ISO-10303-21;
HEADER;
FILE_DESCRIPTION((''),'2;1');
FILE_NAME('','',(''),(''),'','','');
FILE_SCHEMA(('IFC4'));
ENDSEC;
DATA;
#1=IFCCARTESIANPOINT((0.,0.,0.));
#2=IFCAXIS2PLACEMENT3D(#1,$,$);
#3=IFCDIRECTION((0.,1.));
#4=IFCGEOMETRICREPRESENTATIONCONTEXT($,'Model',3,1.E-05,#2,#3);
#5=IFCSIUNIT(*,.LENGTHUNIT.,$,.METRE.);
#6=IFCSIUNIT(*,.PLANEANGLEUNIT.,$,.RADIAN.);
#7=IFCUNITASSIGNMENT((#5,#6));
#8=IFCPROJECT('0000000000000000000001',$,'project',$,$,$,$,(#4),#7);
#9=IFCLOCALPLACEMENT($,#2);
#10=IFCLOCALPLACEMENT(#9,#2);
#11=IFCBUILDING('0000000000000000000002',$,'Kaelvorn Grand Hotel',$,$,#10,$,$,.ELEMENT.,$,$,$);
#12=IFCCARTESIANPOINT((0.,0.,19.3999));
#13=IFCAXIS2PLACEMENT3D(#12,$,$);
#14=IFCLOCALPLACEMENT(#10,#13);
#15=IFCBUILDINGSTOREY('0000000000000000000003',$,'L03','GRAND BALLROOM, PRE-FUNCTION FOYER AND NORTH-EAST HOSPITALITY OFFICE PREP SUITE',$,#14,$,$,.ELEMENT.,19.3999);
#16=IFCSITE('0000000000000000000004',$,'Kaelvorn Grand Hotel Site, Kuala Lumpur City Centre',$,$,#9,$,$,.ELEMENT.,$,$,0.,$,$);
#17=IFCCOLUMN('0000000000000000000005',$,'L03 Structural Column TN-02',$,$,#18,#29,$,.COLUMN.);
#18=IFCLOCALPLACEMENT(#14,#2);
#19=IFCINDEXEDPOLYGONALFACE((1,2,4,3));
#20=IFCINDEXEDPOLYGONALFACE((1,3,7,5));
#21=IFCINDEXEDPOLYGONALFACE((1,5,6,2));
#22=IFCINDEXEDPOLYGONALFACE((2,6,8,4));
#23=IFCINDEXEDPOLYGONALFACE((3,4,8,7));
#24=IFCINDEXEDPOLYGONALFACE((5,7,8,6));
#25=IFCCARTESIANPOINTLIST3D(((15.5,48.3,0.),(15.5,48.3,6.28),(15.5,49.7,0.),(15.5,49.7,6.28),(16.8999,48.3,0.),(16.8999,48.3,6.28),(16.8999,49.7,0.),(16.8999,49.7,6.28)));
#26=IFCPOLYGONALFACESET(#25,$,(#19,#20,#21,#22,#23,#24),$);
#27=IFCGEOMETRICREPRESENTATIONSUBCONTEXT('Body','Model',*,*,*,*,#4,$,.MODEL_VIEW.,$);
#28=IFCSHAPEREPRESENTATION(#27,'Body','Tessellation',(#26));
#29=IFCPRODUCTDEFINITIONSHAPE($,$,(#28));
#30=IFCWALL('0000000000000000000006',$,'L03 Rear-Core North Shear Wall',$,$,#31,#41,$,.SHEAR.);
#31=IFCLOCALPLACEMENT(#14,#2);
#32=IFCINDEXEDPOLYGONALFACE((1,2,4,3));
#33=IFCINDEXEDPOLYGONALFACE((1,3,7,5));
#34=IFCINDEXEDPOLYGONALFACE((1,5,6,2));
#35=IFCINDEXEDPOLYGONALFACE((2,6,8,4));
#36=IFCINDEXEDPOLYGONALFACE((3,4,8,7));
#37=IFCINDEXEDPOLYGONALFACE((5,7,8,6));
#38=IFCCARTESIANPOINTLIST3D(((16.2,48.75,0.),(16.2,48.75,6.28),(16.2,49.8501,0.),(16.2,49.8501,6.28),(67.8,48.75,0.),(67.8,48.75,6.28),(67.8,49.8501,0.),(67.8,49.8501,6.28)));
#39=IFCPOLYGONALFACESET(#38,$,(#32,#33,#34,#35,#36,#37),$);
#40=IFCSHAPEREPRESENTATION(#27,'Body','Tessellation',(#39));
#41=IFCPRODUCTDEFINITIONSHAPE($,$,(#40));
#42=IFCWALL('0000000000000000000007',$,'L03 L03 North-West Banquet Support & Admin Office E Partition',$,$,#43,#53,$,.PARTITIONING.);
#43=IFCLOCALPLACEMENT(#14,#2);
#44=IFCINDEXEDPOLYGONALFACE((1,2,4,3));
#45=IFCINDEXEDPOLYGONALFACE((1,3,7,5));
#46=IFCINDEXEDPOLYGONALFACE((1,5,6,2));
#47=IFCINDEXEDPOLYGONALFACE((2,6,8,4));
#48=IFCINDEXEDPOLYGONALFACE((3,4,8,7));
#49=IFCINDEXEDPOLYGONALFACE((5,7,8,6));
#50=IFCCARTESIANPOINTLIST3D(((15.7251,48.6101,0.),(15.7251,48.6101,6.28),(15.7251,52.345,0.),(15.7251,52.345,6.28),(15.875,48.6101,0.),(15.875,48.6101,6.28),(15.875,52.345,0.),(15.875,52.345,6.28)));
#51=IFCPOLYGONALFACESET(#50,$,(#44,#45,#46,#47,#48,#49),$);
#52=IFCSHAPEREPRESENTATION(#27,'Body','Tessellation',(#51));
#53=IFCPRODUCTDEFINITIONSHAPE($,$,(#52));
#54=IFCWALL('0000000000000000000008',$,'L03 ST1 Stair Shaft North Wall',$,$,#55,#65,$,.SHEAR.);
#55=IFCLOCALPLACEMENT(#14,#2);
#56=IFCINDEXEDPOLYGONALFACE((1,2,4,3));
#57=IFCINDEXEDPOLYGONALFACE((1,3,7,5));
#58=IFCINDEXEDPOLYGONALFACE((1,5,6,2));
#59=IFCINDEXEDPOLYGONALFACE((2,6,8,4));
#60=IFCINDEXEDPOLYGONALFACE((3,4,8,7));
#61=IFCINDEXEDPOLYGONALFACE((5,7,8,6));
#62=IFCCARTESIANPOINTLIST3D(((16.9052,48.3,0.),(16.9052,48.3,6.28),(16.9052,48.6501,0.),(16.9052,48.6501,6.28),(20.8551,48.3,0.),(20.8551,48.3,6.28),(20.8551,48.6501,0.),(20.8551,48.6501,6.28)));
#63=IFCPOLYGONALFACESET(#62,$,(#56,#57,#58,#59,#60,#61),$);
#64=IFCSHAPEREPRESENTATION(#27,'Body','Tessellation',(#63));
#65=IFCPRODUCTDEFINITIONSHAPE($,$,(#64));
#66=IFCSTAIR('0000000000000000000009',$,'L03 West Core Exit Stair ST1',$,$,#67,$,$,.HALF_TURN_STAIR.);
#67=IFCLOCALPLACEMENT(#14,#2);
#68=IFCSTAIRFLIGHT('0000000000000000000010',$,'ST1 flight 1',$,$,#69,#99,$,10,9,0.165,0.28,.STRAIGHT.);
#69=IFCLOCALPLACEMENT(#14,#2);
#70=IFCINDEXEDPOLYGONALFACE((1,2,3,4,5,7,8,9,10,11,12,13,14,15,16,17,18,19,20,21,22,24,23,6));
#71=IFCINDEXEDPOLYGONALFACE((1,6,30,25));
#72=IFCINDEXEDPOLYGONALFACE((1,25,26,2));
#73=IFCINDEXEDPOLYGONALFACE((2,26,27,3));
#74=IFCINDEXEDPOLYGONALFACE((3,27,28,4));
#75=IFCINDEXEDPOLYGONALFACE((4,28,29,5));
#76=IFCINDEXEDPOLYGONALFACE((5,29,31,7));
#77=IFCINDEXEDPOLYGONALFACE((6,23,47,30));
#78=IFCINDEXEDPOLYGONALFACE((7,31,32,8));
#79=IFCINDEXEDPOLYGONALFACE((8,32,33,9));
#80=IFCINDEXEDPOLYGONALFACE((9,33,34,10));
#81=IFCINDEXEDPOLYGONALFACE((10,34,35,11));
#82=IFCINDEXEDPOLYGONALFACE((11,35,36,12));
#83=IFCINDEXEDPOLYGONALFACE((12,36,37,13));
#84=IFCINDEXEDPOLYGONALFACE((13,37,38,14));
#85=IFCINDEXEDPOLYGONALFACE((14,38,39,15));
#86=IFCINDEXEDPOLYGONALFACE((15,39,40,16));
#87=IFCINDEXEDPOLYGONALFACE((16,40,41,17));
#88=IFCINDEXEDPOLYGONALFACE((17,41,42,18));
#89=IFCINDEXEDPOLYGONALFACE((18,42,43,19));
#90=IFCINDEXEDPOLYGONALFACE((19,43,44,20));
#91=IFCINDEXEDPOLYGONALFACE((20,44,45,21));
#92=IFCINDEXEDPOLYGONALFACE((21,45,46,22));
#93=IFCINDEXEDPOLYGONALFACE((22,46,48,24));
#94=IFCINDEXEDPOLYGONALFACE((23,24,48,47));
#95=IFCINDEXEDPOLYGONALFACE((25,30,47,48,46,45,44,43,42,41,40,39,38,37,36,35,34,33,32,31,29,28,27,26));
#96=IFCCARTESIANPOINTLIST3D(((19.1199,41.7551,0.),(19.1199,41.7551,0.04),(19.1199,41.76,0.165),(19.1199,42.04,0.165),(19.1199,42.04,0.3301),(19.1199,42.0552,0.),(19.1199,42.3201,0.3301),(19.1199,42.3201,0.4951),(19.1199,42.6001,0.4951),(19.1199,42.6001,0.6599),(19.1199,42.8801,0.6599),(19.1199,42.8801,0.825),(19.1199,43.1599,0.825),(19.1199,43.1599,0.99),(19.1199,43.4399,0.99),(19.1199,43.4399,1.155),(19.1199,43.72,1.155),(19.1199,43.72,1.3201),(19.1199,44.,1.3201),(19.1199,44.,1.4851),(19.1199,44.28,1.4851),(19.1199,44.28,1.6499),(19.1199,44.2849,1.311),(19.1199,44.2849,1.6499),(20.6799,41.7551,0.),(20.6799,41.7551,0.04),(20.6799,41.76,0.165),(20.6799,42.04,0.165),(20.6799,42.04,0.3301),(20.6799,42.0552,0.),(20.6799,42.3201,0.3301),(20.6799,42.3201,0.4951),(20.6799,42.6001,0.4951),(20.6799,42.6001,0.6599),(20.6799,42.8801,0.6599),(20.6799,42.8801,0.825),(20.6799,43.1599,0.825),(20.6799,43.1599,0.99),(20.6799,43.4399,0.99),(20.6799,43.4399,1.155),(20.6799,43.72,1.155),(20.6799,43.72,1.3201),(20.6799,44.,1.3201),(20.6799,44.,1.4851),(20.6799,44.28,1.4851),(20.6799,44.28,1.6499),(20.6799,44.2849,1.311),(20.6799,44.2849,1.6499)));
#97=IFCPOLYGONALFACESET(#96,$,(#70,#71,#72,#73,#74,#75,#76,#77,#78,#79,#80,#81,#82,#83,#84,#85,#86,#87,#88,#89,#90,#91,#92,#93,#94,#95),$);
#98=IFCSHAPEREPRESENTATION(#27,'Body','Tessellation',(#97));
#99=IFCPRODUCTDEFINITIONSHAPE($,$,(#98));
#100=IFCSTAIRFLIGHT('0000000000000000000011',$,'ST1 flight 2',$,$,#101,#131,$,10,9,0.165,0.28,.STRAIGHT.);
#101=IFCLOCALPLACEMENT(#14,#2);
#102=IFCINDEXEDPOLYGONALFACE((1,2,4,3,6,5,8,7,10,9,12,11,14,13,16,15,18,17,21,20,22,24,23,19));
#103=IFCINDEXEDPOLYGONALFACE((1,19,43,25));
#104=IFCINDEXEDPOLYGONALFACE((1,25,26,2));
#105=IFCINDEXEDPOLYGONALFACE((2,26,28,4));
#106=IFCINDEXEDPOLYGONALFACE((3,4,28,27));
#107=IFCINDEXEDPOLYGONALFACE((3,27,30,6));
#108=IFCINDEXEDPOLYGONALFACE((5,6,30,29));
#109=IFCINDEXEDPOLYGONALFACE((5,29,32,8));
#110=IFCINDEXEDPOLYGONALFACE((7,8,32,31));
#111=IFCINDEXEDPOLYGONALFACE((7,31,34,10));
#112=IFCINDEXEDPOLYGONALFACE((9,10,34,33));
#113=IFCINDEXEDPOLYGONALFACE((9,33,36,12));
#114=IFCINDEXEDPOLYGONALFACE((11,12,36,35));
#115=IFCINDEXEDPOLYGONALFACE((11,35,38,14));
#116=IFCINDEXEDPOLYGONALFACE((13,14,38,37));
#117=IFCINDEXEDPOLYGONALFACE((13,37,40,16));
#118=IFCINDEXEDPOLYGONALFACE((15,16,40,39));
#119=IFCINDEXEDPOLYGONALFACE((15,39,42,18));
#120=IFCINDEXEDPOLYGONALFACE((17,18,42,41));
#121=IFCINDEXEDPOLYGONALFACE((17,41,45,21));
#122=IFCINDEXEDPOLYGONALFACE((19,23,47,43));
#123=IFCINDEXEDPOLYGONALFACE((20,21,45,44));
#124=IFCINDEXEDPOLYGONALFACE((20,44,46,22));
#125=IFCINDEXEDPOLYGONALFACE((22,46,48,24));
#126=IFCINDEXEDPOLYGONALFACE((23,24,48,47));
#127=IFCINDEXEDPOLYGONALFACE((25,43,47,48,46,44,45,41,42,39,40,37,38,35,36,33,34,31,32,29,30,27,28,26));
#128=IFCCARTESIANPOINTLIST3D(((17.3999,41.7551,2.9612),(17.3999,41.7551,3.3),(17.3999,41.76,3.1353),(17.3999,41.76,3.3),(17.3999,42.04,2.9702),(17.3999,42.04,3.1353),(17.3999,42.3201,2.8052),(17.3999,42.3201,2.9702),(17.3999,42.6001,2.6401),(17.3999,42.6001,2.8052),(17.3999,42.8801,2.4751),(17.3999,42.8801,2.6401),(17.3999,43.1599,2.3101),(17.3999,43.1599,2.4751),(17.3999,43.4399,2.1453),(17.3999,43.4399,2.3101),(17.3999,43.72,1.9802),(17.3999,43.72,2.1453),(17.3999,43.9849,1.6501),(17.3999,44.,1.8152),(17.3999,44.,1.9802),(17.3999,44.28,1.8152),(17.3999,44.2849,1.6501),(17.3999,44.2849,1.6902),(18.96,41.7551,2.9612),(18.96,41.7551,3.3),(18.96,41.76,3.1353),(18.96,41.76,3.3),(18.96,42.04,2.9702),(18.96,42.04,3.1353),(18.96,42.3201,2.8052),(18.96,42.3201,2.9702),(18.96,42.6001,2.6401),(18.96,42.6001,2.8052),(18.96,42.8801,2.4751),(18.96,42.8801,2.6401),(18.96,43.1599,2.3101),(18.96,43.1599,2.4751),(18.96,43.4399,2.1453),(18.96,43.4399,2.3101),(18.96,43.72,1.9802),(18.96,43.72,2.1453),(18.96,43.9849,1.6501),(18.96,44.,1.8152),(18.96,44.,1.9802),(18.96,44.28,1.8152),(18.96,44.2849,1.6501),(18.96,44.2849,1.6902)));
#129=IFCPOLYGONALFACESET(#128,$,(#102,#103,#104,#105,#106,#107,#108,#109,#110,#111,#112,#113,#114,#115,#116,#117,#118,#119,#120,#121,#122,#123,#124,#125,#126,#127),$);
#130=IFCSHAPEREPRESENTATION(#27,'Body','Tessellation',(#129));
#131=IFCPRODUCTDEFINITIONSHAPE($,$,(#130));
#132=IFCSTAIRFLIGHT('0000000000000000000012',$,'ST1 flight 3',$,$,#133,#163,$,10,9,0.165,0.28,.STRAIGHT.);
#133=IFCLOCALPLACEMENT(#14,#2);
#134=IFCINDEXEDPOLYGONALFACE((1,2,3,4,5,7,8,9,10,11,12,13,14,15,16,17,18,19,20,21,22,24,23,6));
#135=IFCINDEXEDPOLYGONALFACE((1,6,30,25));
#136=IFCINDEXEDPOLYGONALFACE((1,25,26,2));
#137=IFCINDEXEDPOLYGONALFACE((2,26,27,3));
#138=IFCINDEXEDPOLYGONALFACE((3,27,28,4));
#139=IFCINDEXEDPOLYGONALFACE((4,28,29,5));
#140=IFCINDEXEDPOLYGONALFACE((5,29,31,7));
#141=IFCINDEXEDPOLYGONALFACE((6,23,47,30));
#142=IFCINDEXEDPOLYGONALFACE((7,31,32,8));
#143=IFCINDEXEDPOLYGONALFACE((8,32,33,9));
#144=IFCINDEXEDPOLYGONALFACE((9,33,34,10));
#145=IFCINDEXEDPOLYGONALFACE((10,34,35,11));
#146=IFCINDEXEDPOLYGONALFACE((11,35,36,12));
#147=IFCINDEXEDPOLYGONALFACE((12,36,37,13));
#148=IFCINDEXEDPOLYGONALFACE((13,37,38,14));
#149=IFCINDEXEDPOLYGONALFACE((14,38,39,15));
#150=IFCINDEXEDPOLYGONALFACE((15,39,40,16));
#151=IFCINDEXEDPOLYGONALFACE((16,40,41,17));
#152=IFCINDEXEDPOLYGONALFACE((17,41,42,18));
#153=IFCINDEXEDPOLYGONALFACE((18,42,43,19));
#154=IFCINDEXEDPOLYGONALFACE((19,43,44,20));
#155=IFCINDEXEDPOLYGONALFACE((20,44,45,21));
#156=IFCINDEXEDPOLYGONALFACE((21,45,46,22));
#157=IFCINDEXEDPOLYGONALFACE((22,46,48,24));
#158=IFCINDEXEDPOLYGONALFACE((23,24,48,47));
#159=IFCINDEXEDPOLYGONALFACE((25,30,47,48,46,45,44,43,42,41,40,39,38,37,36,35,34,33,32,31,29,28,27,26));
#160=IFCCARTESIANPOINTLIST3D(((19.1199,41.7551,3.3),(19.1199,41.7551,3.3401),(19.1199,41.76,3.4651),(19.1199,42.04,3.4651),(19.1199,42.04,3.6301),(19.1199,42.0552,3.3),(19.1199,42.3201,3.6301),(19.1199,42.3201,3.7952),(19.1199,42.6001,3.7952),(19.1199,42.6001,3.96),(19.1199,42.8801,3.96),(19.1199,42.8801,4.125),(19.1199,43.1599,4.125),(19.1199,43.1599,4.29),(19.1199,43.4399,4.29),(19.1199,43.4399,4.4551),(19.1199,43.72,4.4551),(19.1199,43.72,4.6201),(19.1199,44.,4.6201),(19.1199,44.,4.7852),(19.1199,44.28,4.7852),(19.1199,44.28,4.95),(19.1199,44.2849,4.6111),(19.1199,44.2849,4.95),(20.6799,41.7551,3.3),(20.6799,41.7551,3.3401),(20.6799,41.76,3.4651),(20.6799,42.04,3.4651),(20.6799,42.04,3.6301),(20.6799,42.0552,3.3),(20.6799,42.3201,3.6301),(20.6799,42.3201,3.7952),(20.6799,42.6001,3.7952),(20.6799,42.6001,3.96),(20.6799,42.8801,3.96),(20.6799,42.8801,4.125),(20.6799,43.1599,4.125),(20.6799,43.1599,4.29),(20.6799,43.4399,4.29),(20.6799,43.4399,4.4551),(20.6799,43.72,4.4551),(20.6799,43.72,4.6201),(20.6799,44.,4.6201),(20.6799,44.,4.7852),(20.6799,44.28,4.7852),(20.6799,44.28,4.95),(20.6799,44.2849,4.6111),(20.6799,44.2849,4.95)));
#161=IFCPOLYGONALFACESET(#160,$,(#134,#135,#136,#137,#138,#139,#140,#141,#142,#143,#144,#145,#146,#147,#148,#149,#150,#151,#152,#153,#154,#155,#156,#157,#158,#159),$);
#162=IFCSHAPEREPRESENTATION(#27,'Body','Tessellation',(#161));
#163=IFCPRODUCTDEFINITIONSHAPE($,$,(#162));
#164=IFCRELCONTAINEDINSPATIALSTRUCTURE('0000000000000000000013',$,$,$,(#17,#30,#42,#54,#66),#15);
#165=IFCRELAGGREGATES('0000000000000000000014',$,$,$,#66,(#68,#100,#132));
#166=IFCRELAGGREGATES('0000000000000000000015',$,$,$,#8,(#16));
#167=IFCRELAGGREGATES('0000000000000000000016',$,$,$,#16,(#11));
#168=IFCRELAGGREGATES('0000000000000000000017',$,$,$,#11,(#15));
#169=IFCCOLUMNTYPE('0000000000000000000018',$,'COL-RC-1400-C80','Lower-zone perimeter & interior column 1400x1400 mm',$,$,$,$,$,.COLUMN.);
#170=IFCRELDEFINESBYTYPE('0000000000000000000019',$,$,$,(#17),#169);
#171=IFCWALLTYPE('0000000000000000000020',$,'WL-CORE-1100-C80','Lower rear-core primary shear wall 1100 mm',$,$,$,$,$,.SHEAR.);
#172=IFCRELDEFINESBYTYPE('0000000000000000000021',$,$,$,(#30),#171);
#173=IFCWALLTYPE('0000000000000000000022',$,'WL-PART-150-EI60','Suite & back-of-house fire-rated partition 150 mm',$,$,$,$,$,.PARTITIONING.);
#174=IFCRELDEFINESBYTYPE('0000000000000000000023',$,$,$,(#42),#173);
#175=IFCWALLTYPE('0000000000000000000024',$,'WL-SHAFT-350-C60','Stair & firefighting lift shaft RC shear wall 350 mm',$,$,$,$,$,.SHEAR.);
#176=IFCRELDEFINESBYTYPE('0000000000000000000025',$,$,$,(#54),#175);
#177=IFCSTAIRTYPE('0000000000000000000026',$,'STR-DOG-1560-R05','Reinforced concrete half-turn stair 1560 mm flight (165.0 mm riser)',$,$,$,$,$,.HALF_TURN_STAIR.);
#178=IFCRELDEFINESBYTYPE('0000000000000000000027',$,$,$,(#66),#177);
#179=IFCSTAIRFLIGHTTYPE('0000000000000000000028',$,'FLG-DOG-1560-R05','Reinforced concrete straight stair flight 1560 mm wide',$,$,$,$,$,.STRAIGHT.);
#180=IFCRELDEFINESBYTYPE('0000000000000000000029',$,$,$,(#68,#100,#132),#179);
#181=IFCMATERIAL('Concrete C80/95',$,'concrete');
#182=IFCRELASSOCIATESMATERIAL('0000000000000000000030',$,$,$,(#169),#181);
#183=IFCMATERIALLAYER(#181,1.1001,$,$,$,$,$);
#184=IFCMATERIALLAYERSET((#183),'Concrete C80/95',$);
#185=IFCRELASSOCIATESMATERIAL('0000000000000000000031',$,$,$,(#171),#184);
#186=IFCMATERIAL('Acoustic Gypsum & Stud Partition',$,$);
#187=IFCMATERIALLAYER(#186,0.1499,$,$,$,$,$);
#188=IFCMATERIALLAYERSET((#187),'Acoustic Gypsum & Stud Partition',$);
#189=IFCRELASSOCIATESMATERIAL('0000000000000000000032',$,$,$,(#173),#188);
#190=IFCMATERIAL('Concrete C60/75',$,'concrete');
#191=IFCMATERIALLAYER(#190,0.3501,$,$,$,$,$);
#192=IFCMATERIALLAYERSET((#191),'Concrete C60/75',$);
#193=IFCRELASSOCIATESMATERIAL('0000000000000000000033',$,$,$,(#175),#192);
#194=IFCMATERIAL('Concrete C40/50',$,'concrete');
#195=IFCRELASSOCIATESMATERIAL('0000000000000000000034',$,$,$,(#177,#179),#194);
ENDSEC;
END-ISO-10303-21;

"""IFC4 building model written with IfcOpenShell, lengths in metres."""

from ifc_helpers import new_model, si_unit, direction, frame, frame_2d, origin, origin_2d, place, context, subcontext, project, spatial, polyline, rectangle, outline, extrude, material, layer, layer_set, material_profile, profile_set, type_object, element, aggregate, save


model = new_model("IFC4")

# Units and contexts
model_context = context("Model", 3, precision=1e-05, world=origin(), true_north=direction((0.0, 1.0)))
body_context = subcontext(model_context, "Body", "Model", "MODEL_VIEW")
ifc_project = project(units=[si_unit("LENGTHUNIT", "METRE"), si_unit("PLANEANGLEUNIT", "RADIAN")], contexts=[model_context])

# Site, building, storey
site_placement = place(None, origin())
site = spatial("IfcSite", under=ifc_project, at=site_placement, Name="Kaelvorn Grand Hotel Site, Kuala Lumpur City Centre", CompositionType="ELEMENT", RefElevation=0.0)
building_placement = place(site_placement, origin())
building = spatial("IfcBuilding", under=site, at=building_placement, Name="Kaelvorn Grand Hotel", CompositionType="ELEMENT")
storey_placement = place(building_placement, frame((0.0, 0.0, 19.3999)))
storey = spatial("IfcBuildingStorey", under=building, at=storey_placement, Name="L03", Description="GRAND BALLROOM, PRE-FUNCTION FOYER AND NORTH-EAST HOSPITALITY OFFICE PREP SUITE", CompositionType="ELEMENT", Elevation=19.3999)

# Column
ifc_material_1 = material(Name="Concrete C80/95", Category="concrete")
ifc_material_profile = material_profile(ifc_material_1, rectangle(XDim=1.3999, YDim=1.3999, at=origin_2d()), Name="RC COL 1400x1400")
ifc_profile_set = profile_set([ifc_material_profile], Name="Concrete C80/95")
column_type = type_object("IfcColumnType", Name="COL-RC-1400-C80", Description="Lower-zone perimeter & interior column 1400x1400 mm", PredefinedType="COLUMN", material=ifc_profile_set)
column_placement = place(storey_placement, frame((16.2, 49.0, 0.0), z_axis=(0.0, 0.0, 1.0), x_axis=(1.0, 0.0, 0.0)))
element("IfcColumn", 1, at=column_placement, inside=storey, type_object=column_type, Name="L03 Structural Column TN-02", PredefinedType="COLUMN", context=body_context, shape_type="SweptSolid", body=[
    extrude(rectangle(XDim=1.3999, YDim=1.3999, at=origin_2d()), origin(), (0.0, 0.0, 1.0), 6.28),
])

# Walls
ifc_layer_1 = layer(ifc_material_1, 1.1001)
ifc_layer_set_1 = layer_set([ifc_layer_1], Name="Concrete C80/95")
wall_type_1 = type_object("IfcWallType", Name="WL-CORE-1100-C80", Description="Lower rear-core primary shear wall 1100 mm", PredefinedType="SHEAR", material=ifc_layer_set_1)
wall_1_placement = place(storey_placement, frame((16.2, 49.3, 0.0), z_axis=(0.0, 0.0, 1.0), x_axis=(1.0, 0.0, 0.0)))
element("IfcWall", 2, at=wall_1_placement, inside=storey, type_object=wall_type_1, Name="L03 Rear-Core North Shear Wall", PredefinedType="SHEAR", context=body_context, shape_type="SweptSolid", body=[
    extrude(rectangle(XDim=51.6001, YDim=1.1001, at=frame_2d((25.8, 0.0))), origin(), (0.0, 0.0, 1.0), 6.28),
])
ifc_material_2 = material(Name="Acoustic Gypsum & Stud Partition")
ifc_layer_2 = layer(ifc_material_2, 0.1499)
ifc_layer_set_2 = layer_set([ifc_layer_2], Name="Acoustic Gypsum & Stud Partition")
wall_type_2 = type_object("IfcWallType", Name="WL-PART-150-EI60", Description="Suite & back-of-house fire-rated partition 150 mm", PredefinedType="PARTITIONING", material=ifc_layer_set_2)
wall_2_placement = place(storey_placement, frame((15.8, 48.6101, 0.0), z_axis=(0.0, 0.0, 1.0), x_axis=(0.0, 1.0, 0.0)))
element("IfcWall", 3, at=wall_2_placement, inside=storey, type_object=wall_type_2, Name="L03 L03 North-West Banquet Support & Admin Office E Partition", PredefinedType="PARTITIONING", context=body_context, shape_type="SweptSolid", body=[
    extrude(rectangle(XDim=3.7349, YDim=0.1499, at=frame_2d((1.8674, 0.0))), origin(), (0.0, 0.0, 1.0), 6.28),
])
ifc_material_3 = material(Name="Concrete C60/75", Category="concrete")
ifc_layer_3 = layer(ifc_material_3, 0.3501)
ifc_layer_set_3 = layer_set([ifc_layer_3], Name="Concrete C60/75")
wall_type_3 = type_object("IfcWallType", Name="WL-SHAFT-350-C60", Description="Stair & firefighting lift shaft RC shear wall 350 mm", PredefinedType="SHEAR", material=ifc_layer_set_3)
wall_3_placement = place(storey_placement, frame((16.905, 48.4751, 0.0), z_axis=(0.0, 0.0, 1.0), x_axis=(1.0, 0.0, 0.0)))
element("IfcWall", 4, at=wall_3_placement, inside=storey, type_object=wall_type_3, Name="L03 ST1 Stair Shaft North Wall", PredefinedType="SHEAR", context=body_context, shape_type="SweptSolid", body=[
    extrude(rectangle(XDim=3.95, YDim=0.3501, at=frame_2d((1.9751, 0.0))), origin(), (0.0, 0.0, 1.0), 6.28),
])

# Stair, stair flights
ifc_material_4 = material(Name="Concrete C40/50", Category="concrete")
stair_type = type_object("IfcStairType", Name="STR-DOG-1560-R05", Description="Reinforced concrete half-turn stair 1560 mm flight (165.0 mm riser)", PredefinedType="HALF_TURN_STAIR", material=ifc_material_4)
stair_placement = place(storey_placement, origin())
stair = element("IfcStair", 5, at=stair_placement, inside=storey, type_object=stair_type, Name="L03 West Core Exit Stair ST1", PredefinedType="HALF_TURN_STAIR")
stair_flight_type = type_object("IfcStairFlightType", Name="FLG-DOG-1560-R05", Description="Reinforced concrete straight stair flight 1560 mm wide", PredefinedType="STRAIGHT", material=ifc_material_4)
stair_flight_1_placement = place(storey_placement, frame((19.8999, 41.76, 0.0), z_axis=(0.0, 0.0, 1.0), x_axis=(0.0, 1.0, 0.0)))
stair_flight_1 = element("IfcStairFlight", 6, at=stair_flight_1_placement, type_object=stair_flight_type, Name="ST1 flight 1", NumberOfRisers=10, NumberOfTreads=9, PredefinedType="STRAIGHT", RiserHeight=0.165, TreadLength=0.28, context=body_context, shape_type="SweptSolid", body=[
    extrude(outline(polyline([(-0.0049, 0.0), (-0.0049, 0.04), (0.0, 0.165), (0.28, 0.165), (0.28, 0.3301), (0.5601, 0.3301), (0.5601, 0.4951), (0.8401, 0.4951), (0.8401, 0.6599), (1.1201, 0.6599), (1.1201, 0.825), (1.3999, 0.825), (1.3999, 0.99), (1.6799, 0.99), (1.6799, 1.155), (1.96, 1.155), (1.96, 1.3201), (2.24, 1.3201), (2.24, 1.4851), (2.52, 1.4851), (2.52, 1.6499), (2.5249, 1.6499), (2.5249, 1.311), (0.2952, 0.0), (-0.0049, 0.0)])), frame((0.0, 0.78, 0.0), z_axis=(0.0, -1.0, 0.0), x_axis=(1.0, 0.0, 0.0)), (0.0, 0.0, 1.0), 1.5601),
])
stair_flight_2_placement = place(storey_placement, frame((18.1799, 44.28, 1.6501), z_axis=(0.0, 0.0, 1.0), x_axis=(0.0, -1.0, 0.0)))
stair_flight_2 = element("IfcStairFlight", 7, at=stair_flight_2_placement, type_object=stair_flight_type, Name="ST1 flight 2", NumberOfRisers=10, NumberOfTreads=9, PredefinedType="STRAIGHT", RiserHeight=0.165, TreadLength=0.28, context=body_context, shape_type="SweptSolid", body=[
    extrude(outline(polyline([(-0.0049, 0.0), (-0.0049, 0.04), (0.0, 0.165), (0.28, 0.165), (0.28, 0.3301), (0.5601, 0.3301), (0.5601, 0.4951), (0.8401, 0.4951), (0.8401, 0.6599), (1.1201, 0.6599), (1.1201, 0.825), (1.3999, 0.825), (1.3999, 0.99), (1.6799, 0.99), (1.6799, 1.155), (1.96, 1.155), (1.96, 1.3201), (2.24, 1.3201), (2.24, 1.4851), (2.52, 1.4851), (2.52, 1.6499), (2.5249, 1.6499), (2.5249, 1.311), (0.2952, 0.0), (-0.0049, 0.0)])), frame((0.0, 0.78, 0.0), z_axis=(0.0, -1.0, 0.0), x_axis=(1.0, 0.0, 0.0)), (0.0, 0.0, 1.0), 1.5601),
])
stair_flight_3_placement = place(storey_placement, frame((19.8999, 41.76, 3.3), z_axis=(0.0, 0.0, 1.0), x_axis=(0.0, 1.0, 0.0)))
stair_flight_3 = element("IfcStairFlight", 8, at=stair_flight_3_placement, type_object=stair_flight_type, Name="ST1 flight 3", NumberOfRisers=10, NumberOfTreads=9, PredefinedType="STRAIGHT", RiserHeight=0.165, TreadLength=0.28, context=body_context, shape_type="SweptSolid", body=[
    extrude(outline(polyline([(-0.0049, 0.0), (-0.0049, 0.04), (0.0, 0.165), (0.28, 0.165), (0.28, 0.3301), (0.5601, 0.3301), (0.5601, 0.4951), (0.8401, 0.4951), (0.8401, 0.6599), (1.1201, 0.6599), (1.1201, 0.825), (1.3999, 0.825), (1.3999, 0.99), (1.6799, 0.99), (1.6799, 1.155), (1.96, 1.155), (1.96, 1.3201), (2.24, 1.3201), (2.24, 1.4851), (2.52, 1.4851), (2.52, 1.6499), (2.5249, 1.6499), (2.5249, 1.311), (0.2952, 0.0), (-0.0049, 0.0)])), frame((0.0, 0.78, 0.0), z_axis=(0.0, -1.0, 0.0), x_axis=(1.0, 0.0, 0.0)), (0.0, 0.0, 1.0), 1.5601),
])
aggregate(stair, [stair_flight_1, stair_flight_2, stair_flight_3])

save(model, "model.ifc")
